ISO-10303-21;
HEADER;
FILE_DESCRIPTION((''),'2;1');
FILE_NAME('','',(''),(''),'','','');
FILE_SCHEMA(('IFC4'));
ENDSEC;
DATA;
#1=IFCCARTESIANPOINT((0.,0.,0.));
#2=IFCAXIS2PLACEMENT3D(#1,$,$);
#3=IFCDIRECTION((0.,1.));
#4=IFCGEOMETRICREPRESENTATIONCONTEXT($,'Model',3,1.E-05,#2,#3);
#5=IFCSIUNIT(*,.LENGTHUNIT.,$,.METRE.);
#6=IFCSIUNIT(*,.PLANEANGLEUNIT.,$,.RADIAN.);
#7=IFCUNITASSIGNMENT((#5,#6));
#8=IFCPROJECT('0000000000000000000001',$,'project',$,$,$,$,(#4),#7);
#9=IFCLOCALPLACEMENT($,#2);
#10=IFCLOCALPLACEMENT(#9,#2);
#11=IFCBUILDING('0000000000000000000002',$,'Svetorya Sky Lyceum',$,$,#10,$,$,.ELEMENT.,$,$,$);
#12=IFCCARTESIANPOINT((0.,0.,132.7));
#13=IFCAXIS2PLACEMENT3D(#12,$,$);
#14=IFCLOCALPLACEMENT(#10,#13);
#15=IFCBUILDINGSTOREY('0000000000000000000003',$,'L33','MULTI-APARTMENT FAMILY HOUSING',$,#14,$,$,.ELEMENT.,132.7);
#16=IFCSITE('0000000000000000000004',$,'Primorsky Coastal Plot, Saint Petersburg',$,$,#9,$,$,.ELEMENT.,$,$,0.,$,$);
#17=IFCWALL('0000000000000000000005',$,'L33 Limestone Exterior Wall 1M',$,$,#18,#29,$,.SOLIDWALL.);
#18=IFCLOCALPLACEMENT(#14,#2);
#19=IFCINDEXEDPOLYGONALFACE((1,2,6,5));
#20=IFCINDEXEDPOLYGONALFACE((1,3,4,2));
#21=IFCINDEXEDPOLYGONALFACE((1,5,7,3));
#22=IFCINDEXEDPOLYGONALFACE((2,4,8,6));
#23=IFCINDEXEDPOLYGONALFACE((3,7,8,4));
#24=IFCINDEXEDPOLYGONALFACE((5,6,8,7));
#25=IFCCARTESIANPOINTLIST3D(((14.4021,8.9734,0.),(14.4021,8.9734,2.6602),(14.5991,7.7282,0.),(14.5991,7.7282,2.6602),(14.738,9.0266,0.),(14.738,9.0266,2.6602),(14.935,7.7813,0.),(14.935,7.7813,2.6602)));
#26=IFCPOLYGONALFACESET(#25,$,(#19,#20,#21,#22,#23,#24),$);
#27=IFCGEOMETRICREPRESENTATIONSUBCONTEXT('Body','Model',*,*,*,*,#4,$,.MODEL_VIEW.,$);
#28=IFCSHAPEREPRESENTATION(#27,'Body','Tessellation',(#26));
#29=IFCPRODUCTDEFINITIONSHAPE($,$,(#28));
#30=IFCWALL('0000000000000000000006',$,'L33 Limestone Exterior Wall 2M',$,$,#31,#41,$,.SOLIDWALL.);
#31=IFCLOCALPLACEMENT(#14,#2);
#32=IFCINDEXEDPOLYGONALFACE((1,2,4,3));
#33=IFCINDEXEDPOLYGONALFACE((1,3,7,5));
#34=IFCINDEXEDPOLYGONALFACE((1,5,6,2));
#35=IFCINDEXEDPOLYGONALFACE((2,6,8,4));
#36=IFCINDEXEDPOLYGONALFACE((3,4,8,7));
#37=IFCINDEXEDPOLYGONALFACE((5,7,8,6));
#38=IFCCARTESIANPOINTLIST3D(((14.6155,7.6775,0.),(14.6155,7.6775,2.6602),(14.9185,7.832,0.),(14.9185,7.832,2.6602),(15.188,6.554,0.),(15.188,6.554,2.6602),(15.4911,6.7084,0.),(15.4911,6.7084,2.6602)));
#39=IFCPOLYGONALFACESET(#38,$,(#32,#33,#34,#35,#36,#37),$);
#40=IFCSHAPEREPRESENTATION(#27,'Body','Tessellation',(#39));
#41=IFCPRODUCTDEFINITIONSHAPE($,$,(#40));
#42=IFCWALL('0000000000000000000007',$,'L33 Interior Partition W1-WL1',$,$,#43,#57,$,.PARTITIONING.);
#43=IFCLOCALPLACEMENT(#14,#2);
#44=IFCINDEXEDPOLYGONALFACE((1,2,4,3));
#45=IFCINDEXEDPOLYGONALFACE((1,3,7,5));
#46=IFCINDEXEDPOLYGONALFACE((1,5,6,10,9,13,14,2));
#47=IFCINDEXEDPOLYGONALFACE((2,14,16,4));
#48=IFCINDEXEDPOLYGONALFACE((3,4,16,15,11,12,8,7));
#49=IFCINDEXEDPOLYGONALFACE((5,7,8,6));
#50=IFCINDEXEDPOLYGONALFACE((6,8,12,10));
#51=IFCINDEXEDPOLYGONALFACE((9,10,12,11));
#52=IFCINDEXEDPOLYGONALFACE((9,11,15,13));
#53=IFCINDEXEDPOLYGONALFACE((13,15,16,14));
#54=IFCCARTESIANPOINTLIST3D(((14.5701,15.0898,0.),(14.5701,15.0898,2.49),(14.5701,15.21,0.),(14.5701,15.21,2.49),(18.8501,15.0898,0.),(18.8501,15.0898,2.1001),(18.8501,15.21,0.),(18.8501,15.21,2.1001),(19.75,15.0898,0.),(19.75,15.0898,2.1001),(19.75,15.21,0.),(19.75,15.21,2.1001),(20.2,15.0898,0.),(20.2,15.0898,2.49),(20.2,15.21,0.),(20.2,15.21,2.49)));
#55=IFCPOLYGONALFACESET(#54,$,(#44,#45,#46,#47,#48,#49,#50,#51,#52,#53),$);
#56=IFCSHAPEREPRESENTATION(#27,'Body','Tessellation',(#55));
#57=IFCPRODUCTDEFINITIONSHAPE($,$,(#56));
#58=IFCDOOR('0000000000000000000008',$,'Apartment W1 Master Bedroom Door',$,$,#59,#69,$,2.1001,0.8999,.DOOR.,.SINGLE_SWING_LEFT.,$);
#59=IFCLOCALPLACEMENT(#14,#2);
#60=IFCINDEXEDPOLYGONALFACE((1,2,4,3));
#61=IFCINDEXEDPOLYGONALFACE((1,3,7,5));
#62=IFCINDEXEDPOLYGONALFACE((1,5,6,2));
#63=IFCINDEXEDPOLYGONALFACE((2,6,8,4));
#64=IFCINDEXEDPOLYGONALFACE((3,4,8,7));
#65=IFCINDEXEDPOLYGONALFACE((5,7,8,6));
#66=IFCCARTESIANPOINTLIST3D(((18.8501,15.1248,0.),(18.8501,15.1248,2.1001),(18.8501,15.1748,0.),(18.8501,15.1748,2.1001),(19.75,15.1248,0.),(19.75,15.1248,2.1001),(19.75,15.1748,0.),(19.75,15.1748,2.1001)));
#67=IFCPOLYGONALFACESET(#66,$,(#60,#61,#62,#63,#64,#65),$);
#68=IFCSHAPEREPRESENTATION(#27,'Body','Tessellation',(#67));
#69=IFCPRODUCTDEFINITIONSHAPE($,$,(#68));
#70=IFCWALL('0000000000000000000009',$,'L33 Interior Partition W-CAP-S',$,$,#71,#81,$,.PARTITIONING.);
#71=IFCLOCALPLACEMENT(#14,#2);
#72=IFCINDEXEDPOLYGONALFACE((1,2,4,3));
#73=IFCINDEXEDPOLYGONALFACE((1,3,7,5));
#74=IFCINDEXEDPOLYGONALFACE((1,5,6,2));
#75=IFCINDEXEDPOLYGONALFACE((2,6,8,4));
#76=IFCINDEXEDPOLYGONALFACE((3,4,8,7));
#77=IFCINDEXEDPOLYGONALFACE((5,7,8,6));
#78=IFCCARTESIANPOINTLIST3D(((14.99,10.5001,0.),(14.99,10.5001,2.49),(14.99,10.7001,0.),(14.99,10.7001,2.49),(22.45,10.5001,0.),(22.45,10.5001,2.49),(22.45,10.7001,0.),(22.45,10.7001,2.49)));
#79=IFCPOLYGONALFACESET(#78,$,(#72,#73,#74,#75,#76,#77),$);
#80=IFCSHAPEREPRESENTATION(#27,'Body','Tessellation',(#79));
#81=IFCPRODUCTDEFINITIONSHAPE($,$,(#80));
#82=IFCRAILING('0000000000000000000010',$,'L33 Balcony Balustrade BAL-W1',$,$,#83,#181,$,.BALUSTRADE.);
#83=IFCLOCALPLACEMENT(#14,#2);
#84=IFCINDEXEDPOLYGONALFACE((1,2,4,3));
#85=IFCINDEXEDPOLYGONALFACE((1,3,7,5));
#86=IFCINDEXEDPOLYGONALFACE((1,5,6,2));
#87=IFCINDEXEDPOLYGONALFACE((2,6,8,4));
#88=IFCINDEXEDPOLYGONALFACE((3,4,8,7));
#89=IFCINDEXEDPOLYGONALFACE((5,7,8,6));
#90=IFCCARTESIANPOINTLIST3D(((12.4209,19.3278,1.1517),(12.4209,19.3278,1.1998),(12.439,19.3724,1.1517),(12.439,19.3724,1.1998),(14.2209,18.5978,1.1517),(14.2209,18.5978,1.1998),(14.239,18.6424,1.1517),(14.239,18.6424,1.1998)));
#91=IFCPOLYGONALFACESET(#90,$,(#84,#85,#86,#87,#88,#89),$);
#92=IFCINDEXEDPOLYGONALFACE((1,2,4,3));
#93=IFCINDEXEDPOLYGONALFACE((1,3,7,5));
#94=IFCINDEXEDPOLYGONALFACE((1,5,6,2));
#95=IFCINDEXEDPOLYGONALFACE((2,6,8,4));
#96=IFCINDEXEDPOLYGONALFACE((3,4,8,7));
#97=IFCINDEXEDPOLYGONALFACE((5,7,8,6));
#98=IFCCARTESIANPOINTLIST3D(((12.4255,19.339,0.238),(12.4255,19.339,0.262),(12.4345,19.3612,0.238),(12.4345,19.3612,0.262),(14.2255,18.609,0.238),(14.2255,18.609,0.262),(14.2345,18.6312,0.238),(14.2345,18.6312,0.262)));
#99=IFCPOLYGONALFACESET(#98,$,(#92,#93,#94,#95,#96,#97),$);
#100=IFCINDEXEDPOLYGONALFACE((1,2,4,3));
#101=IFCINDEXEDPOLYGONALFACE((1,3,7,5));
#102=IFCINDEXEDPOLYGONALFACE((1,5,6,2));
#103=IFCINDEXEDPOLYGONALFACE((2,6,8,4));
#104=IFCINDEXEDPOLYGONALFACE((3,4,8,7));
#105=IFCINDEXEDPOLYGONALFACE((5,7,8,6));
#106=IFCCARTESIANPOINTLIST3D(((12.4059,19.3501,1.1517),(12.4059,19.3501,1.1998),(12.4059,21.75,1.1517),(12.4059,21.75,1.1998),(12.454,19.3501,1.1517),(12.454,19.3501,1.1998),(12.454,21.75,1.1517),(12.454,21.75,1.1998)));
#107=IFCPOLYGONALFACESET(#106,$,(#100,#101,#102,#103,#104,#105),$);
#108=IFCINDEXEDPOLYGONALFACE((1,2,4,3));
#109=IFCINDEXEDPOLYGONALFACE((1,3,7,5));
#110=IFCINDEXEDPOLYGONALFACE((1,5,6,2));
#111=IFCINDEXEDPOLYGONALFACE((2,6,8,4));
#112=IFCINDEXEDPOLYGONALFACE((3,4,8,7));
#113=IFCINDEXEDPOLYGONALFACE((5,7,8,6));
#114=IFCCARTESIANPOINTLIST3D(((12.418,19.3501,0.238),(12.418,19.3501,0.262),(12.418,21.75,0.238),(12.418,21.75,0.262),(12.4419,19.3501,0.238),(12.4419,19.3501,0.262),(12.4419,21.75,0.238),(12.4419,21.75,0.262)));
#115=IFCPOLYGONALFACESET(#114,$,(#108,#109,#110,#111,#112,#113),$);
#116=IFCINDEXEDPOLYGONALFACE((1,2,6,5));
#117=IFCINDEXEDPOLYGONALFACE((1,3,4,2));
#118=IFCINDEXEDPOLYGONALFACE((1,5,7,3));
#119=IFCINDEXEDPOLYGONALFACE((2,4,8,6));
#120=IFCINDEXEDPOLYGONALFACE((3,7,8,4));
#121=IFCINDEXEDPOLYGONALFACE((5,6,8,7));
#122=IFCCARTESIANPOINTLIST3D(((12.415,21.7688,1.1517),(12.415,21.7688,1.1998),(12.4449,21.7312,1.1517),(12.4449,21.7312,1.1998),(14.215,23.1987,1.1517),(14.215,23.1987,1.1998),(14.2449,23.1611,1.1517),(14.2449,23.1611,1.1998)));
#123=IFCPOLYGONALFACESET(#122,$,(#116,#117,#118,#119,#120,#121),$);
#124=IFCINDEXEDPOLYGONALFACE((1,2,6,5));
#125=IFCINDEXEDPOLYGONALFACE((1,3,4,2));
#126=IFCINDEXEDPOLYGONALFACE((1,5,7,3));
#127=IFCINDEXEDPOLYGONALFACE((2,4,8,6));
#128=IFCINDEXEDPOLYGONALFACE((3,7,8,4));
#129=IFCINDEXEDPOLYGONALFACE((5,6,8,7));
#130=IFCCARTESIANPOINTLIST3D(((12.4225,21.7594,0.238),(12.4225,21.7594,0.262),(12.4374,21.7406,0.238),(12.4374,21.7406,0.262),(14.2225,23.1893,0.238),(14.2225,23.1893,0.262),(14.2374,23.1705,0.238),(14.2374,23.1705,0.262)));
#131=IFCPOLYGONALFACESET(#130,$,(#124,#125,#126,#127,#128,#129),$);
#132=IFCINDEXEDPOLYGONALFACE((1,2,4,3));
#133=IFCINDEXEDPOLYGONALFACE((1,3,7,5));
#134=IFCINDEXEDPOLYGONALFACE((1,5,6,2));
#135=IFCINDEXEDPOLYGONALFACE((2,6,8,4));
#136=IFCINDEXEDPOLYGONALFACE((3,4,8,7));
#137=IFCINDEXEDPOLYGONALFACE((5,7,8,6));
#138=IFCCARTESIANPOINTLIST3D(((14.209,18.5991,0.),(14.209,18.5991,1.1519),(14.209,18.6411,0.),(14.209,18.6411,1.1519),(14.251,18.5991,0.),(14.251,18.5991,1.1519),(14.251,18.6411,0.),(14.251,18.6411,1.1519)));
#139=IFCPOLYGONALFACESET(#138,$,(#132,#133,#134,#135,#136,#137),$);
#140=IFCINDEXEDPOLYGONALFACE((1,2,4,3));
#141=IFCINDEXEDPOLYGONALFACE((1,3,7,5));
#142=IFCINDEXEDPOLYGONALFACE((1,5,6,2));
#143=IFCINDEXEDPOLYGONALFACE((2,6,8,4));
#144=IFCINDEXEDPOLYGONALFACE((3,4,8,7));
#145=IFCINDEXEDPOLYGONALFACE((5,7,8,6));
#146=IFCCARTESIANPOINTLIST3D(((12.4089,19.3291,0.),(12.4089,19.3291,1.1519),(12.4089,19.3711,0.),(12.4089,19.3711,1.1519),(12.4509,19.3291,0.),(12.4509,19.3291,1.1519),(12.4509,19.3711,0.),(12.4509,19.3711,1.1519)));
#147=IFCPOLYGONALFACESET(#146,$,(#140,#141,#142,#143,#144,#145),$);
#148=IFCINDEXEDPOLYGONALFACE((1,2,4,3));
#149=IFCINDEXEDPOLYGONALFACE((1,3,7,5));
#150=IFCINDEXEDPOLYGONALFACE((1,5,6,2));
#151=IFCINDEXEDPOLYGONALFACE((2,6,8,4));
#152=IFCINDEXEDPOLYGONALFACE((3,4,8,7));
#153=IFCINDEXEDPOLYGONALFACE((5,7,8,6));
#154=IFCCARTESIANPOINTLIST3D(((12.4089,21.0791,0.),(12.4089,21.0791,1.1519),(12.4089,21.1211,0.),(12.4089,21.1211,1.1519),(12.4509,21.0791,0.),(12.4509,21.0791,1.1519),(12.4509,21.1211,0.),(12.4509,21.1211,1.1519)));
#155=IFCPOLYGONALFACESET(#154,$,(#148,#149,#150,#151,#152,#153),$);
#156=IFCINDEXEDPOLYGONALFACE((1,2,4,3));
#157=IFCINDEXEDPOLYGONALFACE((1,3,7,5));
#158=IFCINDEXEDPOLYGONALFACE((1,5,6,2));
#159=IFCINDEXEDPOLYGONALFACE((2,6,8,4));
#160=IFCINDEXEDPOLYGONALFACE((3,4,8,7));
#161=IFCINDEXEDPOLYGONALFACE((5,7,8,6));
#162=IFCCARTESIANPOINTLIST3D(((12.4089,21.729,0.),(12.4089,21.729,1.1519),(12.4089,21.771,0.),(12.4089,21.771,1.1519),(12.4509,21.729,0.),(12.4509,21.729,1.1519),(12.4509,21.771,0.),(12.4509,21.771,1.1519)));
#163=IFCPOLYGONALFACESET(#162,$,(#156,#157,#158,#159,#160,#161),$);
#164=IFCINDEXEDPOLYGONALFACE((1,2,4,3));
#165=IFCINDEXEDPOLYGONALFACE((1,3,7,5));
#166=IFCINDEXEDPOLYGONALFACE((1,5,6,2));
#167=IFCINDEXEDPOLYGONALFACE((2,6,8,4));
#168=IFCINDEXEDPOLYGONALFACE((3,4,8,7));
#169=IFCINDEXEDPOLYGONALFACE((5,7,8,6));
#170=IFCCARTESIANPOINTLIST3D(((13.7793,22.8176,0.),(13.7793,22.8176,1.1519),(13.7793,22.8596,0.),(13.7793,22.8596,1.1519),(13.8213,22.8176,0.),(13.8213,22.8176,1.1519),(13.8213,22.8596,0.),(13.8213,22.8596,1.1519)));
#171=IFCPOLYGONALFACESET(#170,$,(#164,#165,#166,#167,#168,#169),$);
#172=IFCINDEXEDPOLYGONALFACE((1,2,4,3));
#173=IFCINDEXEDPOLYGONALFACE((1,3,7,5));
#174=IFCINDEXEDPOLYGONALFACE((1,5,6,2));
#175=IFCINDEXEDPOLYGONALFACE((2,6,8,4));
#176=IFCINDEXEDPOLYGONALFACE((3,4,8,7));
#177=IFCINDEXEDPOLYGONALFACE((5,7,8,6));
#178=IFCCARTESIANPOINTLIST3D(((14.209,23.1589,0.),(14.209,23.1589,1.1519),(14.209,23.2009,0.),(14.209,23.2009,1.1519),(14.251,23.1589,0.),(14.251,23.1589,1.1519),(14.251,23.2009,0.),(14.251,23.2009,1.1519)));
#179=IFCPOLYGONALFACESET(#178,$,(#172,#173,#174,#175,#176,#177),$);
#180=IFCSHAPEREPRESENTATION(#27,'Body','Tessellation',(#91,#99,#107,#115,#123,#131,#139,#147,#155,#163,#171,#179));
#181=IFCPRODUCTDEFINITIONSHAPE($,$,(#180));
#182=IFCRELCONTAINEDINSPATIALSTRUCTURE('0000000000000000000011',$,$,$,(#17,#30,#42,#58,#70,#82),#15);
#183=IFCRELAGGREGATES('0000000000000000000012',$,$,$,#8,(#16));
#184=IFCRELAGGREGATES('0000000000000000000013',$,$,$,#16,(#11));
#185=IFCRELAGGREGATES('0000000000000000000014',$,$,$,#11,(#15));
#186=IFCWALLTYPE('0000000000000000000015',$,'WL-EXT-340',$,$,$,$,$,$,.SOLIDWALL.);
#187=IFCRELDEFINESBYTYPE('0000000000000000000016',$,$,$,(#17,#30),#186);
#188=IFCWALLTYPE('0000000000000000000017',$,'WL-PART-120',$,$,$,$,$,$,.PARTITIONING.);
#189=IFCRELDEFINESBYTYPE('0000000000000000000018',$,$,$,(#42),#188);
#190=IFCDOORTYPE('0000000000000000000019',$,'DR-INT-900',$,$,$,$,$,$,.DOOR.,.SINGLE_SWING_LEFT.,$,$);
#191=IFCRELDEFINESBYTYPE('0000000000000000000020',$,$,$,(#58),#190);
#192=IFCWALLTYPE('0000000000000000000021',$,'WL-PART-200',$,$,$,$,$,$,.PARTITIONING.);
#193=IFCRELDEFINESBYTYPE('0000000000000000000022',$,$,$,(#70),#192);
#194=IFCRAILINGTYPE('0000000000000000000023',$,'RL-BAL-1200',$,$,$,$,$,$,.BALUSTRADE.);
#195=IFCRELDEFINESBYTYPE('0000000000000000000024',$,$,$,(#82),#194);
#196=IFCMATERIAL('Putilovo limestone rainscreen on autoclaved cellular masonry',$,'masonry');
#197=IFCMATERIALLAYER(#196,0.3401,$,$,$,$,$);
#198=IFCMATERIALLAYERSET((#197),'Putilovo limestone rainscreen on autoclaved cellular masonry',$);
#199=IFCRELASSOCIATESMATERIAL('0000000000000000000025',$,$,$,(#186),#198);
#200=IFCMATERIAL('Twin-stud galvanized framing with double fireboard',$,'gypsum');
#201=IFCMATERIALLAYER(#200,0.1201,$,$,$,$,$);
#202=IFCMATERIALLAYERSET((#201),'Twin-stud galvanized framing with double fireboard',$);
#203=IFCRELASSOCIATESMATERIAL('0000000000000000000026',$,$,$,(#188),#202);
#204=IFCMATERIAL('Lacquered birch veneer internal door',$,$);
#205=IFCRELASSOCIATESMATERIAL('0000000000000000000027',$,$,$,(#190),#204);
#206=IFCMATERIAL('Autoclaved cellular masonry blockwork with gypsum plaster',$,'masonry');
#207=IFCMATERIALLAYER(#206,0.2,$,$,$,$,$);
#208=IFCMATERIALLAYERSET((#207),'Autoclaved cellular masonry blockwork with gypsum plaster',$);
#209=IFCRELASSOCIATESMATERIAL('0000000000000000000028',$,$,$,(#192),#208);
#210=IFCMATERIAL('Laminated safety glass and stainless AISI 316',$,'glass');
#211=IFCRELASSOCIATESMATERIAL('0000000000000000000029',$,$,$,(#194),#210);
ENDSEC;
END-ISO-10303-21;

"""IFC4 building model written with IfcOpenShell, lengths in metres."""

from ifc_helpers import new_model, si_unit, direction, frame, frame_2d, origin, origin_2d, place, context, subcontext, project, spatial, rectangle, extrude, material, layer, layer_set, type_object, element, fill, save


model = new_model("IFC4")

# Units and contexts
model_context = context("Model", 3, precision=1e-05, world=origin(), true_north=direction((0.0, 1.0)))
body_context = subcontext(model_context, "Body", "Model", "MODEL_VIEW")
ifc_project = project(units=[si_unit("LENGTHUNIT", "METRE"), si_unit("PLANEANGLEUNIT", "RADIAN")], contexts=[model_context])

# Site, building, storey
site_placement = place(None, origin())
site = spatial("IfcSite", under=ifc_project, at=site_placement, Name="Primorsky Coastal Plot, Saint Petersburg", CompositionType="ELEMENT", RefElevation=0.0)
building_placement = place(site_placement, origin())
building = spatial("IfcBuilding", under=site, at=building_placement, Name="Svetorya Sky Lyceum", CompositionType="ELEMENT")
storey_placement = place(building_placement, frame((0.0, 0.0, 132.7)))
storey = spatial("IfcBuildingStorey", under=building, at=storey_placement, Name="L33", Description="MULTI-APARTMENT FAMILY HOUSING", CompositionType="ELEMENT", Elevation=132.7)

# Walls
ifc_material_1 = material(Name="Putilovo limestone rainscreen on autoclaved cellular masonry", Category="masonry")
ifc_layer_1 = layer(ifc_material_1, 0.3401)
ifc_layer_set_1 = layer_set([ifc_layer_1], Name="Putilovo limestone rainscreen on autoclaved cellular masonry")
wall_type_1 = type_object("IfcWallType", Name="WL-EXT-340", PredefinedType="SOLIDWALL", material=ifc_layer_set_1)
wall_1_placement = place(storey_placement, frame((14.5701, 9.0, 0.0), z_axis=(0.0, 0.0, 1.0), x_axis=(0.156261, -0.987716, 0.0)))
element("IfcWall", 1, at=wall_1_placement, inside=storey, type_object=wall_type_1, Name="L33 Limestone Exterior Wall 1M", PredefinedType="SOLIDWALL", context=body_context, shape_type="SweptSolid", body=[
    extrude(rectangle(XDim=1.2607, YDim=0.3401, at=frame_2d((0.6304, 0.0))), origin(), (0.0, 0.0, 1.0), 2.6602),
])
wall_2_placement = place(storey_placement, frame((14.7671, 7.7546, 0.0), z_axis=(0.0, 0.0, 1.0), x_axis=(0.454016, -0.890994, 0.0)))
element("IfcWall", 2, at=wall_2_placement, inside=storey, type_object=wall_type_1, Name="L33 Limestone Exterior Wall 2M", PredefinedType="SOLIDWALL", context=body_context, shape_type="SweptSolid", body=[
    extrude(rectangle(XDim=1.261, YDim=0.3401, at=frame_2d((0.6304, 0.0))), origin(), (0.0, 0.0, 1.0), 2.6602),
])

# Wall, opening, door
ifc_material_2 = material(Name="Twin-stud galvanized framing with double fireboard", Category="gypsum")
ifc_layer_2 = layer(ifc_material_2, 0.1201)
ifc_layer_set_2 = layer_set([ifc_layer_2], Name="Twin-stud galvanized framing with double fireboard")
wall_type_2 = type_object("IfcWallType", Name="WL-PART-120", PredefinedType="PARTITIONING", material=ifc_layer_set_2)
wall_3_placement = place(storey_placement, frame((14.5701, 15.1499, 0.0), z_axis=(0.0, 0.0, 1.0), x_axis=(1.0, 0.0, 0.0)))
wall_3 = element("IfcWall", 3, at=wall_3_placement, inside=storey, type_object=wall_type_2, Name="L33 Interior Partition W1-WL1", PredefinedType="PARTITIONING", context=body_context, shape_type="SweptSolid", body=[
    extrude(rectangle(XDim=5.6299, YDim=0.1201, at=frame_2d((2.8149, 0.0))), origin(), (0.0, 0.0, 1.0), 2.49),
])
opening_placement = place(wall_3_placement, frame((4.28, 0.0, 0.0)))
opening = element("IfcOpeningElement", 4, at=opening_placement, cuts=wall_3, PredefinedType="OPENING", context=body_context, shape_type="SweptSolid", body=[
    extrude(rectangle(XDim=0.8999, YDim=2.1001, at=frame_2d((0.45, 1.05))), frame((0.0, 0.0701, 0.0), z_axis=(0.0, -1.0, 0.0), x_axis=(1.0, 0.0, 0.0)), (0.0, 0.0, 1.0), 0.1401),
])
ifc_material_3 = material(Name="Lacquered birch veneer internal door")
door_type = type_object("IfcDoorType", Name="DR-INT-900", OperationType="SINGLE_SWING_LEFT", PredefinedType="DOOR", material=ifc_material_3)
door_placement = place(opening_placement, origin())
door = element("IfcDoor", 5, at=door_placement, inside=storey, type_object=door_type, Name="Apartment W1 Master Bedroom Door", OperationType="SINGLE_SWING_LEFT", OverallHeight=2.1001, OverallWidth=0.8999, PredefinedType="DOOR", context=body_context, shape_type="SweptSolid", body=[
    extrude(rectangle(XDim=0.8999, YDim=2.1001, at=frame_2d((0.45, 1.05))), frame((0.0, 0.0249, 0.0), z_axis=(0.0, -1.0, 0.0), x_axis=(1.0, 0.0, 0.0)), (0.0, 0.0, 1.0), 0.05),
])
fill(opening, door)

# Wall
ifc_material_4 = material(Name="Autoclaved cellular masonry blockwork with gypsum plaster", Category="masonry")
ifc_layer_3 = layer(ifc_material_4, 0.2)
ifc_layer_set_3 = layer_set([ifc_layer_3], Name="Autoclaved cellular masonry blockwork with gypsum plaster")
wall_type_3 = type_object("IfcWallType", Name="WL-PART-200", PredefinedType="PARTITIONING", material=ifc_layer_set_3)
wall_4_placement = place(storey_placement, frame((14.99, 10.6001, 0.0), z_axis=(0.0, 0.0, 1.0), x_axis=(1.0, 0.0, 0.0)))
element("IfcWall", 6, at=wall_4_placement, inside=storey, type_object=wall_type_3, Name="L33 Interior Partition W-CAP-S", PredefinedType="PARTITIONING", context=body_context, shape_type="SweptSolid", body=[
    extrude(rectangle(XDim=7.46, YDim=0.2, at=frame_2d((3.73, 0.0))), origin(), (0.0, 0.0, 1.0), 2.49),
])

# Railing
ifc_material_5 = material(Name="Laminated safety glass and stainless AISI 316", Category="glass")
railing_type = type_object("IfcRailingType", Name="RL-BAL-1200", PredefinedType="BALUSTRADE", material=ifc_material_5)
railing_placement = place(storey_placement, frame((14.23, 18.6201, 0.0)))
element("IfcRailing", 7, at=railing_placement, inside=storey, type_object=railing_type, Name="L33 Balcony Balustrade BAL-W1", PredefinedType="BALUSTRADE", context=body_context, shape_type="SweptSolid", body=[
    extrude(rectangle(XDim=0.0481, YDim=0.0481, at=origin_2d()), frame((0.0, 0.0, 1.1758), z_axis=(-0.926698, 0.375807, 0.0), x_axis=(-0.375807, -0.926698, 0.0)), (0.0, 0.0, 1.0), 1.9424),
    extrude(rectangle(XDim=0.0239, YDim=0.0239, at=origin_2d()), frame((0.0, 0.0, 0.25), z_axis=(-0.926698, 0.375807, 0.0), x_axis=(-0.375807, -0.926698, 0.0)), (0.0, 0.0, 1.0), 1.9424),
    extrude(rectangle(XDim=0.0481, YDim=0.0481, at=origin_2d()), frame((-1.8, 0.73, 1.1758), z_axis=(0.0, 1.0, 0.0), x_axis=(-1.0, 0.0, 0.0)), (0.0, 0.0, 1.0), 2.3999),
    extrude(rectangle(XDim=0.0239, YDim=0.0239, at=origin_2d()), frame((-1.8, 0.73, 0.25), z_axis=(0.0, 1.0, 0.0), x_axis=(-1.0, 0.0, 0.0)), (0.0, 0.0, 1.0), 2.3999),
    extrude(rectangle(XDim=0.0481, YDim=0.0481, at=origin_2d()), frame((-1.8, 3.1299, 1.1758), z_axis=(0.783009, 0.62201, 0.0), x_axis=(-0.62201, 0.783009, 0.0)), (0.0, 0.0, 1.0), 2.2988),
    extrude(rectangle(XDim=0.0239, YDim=0.0239, at=origin_2d()), frame((-1.8, 3.1299, 0.25), z_axis=(0.783009, 0.62201, 0.0), x_axis=(-0.62201, 0.783009, 0.0)), (0.0, 0.0, 1.0), 2.2988),
    extrude(rectangle(XDim=0.042, YDim=0.042, at=origin_2d()), origin(), (0.0, 0.0, 1.0), 1.1519),
    extrude(rectangle(XDim=0.042, YDim=0.042, at=origin_2d()), frame((-1.8, 0.73, 0.0)), (0.0, 0.0, 1.0), 1.1519),
    extrude(rectangle(XDim=0.042, YDim=0.042, at=origin_2d()), frame((-1.8, 2.48, 0.0)), (0.0, 0.0, 1.0), 1.1519),
    extrude(rectangle(XDim=0.042, YDim=0.042, at=origin_2d()), frame((-1.8, 3.1299, 0.0)), (0.0, 0.0, 1.0), 1.1519),
    extrude(rectangle(XDim=0.042, YDim=0.042, at=origin_2d()), frame((-0.4297, 4.2185, 0.0)), (0.0, 0.0, 1.0), 1.1519),
    extrude(rectangle(XDim=0.042, YDim=0.042, at=origin_2d()), frame((0.0, 4.5598, 0.0)), (0.0, 0.0, 1.0), 1.1519),
])

save(model, "model.ifc")
